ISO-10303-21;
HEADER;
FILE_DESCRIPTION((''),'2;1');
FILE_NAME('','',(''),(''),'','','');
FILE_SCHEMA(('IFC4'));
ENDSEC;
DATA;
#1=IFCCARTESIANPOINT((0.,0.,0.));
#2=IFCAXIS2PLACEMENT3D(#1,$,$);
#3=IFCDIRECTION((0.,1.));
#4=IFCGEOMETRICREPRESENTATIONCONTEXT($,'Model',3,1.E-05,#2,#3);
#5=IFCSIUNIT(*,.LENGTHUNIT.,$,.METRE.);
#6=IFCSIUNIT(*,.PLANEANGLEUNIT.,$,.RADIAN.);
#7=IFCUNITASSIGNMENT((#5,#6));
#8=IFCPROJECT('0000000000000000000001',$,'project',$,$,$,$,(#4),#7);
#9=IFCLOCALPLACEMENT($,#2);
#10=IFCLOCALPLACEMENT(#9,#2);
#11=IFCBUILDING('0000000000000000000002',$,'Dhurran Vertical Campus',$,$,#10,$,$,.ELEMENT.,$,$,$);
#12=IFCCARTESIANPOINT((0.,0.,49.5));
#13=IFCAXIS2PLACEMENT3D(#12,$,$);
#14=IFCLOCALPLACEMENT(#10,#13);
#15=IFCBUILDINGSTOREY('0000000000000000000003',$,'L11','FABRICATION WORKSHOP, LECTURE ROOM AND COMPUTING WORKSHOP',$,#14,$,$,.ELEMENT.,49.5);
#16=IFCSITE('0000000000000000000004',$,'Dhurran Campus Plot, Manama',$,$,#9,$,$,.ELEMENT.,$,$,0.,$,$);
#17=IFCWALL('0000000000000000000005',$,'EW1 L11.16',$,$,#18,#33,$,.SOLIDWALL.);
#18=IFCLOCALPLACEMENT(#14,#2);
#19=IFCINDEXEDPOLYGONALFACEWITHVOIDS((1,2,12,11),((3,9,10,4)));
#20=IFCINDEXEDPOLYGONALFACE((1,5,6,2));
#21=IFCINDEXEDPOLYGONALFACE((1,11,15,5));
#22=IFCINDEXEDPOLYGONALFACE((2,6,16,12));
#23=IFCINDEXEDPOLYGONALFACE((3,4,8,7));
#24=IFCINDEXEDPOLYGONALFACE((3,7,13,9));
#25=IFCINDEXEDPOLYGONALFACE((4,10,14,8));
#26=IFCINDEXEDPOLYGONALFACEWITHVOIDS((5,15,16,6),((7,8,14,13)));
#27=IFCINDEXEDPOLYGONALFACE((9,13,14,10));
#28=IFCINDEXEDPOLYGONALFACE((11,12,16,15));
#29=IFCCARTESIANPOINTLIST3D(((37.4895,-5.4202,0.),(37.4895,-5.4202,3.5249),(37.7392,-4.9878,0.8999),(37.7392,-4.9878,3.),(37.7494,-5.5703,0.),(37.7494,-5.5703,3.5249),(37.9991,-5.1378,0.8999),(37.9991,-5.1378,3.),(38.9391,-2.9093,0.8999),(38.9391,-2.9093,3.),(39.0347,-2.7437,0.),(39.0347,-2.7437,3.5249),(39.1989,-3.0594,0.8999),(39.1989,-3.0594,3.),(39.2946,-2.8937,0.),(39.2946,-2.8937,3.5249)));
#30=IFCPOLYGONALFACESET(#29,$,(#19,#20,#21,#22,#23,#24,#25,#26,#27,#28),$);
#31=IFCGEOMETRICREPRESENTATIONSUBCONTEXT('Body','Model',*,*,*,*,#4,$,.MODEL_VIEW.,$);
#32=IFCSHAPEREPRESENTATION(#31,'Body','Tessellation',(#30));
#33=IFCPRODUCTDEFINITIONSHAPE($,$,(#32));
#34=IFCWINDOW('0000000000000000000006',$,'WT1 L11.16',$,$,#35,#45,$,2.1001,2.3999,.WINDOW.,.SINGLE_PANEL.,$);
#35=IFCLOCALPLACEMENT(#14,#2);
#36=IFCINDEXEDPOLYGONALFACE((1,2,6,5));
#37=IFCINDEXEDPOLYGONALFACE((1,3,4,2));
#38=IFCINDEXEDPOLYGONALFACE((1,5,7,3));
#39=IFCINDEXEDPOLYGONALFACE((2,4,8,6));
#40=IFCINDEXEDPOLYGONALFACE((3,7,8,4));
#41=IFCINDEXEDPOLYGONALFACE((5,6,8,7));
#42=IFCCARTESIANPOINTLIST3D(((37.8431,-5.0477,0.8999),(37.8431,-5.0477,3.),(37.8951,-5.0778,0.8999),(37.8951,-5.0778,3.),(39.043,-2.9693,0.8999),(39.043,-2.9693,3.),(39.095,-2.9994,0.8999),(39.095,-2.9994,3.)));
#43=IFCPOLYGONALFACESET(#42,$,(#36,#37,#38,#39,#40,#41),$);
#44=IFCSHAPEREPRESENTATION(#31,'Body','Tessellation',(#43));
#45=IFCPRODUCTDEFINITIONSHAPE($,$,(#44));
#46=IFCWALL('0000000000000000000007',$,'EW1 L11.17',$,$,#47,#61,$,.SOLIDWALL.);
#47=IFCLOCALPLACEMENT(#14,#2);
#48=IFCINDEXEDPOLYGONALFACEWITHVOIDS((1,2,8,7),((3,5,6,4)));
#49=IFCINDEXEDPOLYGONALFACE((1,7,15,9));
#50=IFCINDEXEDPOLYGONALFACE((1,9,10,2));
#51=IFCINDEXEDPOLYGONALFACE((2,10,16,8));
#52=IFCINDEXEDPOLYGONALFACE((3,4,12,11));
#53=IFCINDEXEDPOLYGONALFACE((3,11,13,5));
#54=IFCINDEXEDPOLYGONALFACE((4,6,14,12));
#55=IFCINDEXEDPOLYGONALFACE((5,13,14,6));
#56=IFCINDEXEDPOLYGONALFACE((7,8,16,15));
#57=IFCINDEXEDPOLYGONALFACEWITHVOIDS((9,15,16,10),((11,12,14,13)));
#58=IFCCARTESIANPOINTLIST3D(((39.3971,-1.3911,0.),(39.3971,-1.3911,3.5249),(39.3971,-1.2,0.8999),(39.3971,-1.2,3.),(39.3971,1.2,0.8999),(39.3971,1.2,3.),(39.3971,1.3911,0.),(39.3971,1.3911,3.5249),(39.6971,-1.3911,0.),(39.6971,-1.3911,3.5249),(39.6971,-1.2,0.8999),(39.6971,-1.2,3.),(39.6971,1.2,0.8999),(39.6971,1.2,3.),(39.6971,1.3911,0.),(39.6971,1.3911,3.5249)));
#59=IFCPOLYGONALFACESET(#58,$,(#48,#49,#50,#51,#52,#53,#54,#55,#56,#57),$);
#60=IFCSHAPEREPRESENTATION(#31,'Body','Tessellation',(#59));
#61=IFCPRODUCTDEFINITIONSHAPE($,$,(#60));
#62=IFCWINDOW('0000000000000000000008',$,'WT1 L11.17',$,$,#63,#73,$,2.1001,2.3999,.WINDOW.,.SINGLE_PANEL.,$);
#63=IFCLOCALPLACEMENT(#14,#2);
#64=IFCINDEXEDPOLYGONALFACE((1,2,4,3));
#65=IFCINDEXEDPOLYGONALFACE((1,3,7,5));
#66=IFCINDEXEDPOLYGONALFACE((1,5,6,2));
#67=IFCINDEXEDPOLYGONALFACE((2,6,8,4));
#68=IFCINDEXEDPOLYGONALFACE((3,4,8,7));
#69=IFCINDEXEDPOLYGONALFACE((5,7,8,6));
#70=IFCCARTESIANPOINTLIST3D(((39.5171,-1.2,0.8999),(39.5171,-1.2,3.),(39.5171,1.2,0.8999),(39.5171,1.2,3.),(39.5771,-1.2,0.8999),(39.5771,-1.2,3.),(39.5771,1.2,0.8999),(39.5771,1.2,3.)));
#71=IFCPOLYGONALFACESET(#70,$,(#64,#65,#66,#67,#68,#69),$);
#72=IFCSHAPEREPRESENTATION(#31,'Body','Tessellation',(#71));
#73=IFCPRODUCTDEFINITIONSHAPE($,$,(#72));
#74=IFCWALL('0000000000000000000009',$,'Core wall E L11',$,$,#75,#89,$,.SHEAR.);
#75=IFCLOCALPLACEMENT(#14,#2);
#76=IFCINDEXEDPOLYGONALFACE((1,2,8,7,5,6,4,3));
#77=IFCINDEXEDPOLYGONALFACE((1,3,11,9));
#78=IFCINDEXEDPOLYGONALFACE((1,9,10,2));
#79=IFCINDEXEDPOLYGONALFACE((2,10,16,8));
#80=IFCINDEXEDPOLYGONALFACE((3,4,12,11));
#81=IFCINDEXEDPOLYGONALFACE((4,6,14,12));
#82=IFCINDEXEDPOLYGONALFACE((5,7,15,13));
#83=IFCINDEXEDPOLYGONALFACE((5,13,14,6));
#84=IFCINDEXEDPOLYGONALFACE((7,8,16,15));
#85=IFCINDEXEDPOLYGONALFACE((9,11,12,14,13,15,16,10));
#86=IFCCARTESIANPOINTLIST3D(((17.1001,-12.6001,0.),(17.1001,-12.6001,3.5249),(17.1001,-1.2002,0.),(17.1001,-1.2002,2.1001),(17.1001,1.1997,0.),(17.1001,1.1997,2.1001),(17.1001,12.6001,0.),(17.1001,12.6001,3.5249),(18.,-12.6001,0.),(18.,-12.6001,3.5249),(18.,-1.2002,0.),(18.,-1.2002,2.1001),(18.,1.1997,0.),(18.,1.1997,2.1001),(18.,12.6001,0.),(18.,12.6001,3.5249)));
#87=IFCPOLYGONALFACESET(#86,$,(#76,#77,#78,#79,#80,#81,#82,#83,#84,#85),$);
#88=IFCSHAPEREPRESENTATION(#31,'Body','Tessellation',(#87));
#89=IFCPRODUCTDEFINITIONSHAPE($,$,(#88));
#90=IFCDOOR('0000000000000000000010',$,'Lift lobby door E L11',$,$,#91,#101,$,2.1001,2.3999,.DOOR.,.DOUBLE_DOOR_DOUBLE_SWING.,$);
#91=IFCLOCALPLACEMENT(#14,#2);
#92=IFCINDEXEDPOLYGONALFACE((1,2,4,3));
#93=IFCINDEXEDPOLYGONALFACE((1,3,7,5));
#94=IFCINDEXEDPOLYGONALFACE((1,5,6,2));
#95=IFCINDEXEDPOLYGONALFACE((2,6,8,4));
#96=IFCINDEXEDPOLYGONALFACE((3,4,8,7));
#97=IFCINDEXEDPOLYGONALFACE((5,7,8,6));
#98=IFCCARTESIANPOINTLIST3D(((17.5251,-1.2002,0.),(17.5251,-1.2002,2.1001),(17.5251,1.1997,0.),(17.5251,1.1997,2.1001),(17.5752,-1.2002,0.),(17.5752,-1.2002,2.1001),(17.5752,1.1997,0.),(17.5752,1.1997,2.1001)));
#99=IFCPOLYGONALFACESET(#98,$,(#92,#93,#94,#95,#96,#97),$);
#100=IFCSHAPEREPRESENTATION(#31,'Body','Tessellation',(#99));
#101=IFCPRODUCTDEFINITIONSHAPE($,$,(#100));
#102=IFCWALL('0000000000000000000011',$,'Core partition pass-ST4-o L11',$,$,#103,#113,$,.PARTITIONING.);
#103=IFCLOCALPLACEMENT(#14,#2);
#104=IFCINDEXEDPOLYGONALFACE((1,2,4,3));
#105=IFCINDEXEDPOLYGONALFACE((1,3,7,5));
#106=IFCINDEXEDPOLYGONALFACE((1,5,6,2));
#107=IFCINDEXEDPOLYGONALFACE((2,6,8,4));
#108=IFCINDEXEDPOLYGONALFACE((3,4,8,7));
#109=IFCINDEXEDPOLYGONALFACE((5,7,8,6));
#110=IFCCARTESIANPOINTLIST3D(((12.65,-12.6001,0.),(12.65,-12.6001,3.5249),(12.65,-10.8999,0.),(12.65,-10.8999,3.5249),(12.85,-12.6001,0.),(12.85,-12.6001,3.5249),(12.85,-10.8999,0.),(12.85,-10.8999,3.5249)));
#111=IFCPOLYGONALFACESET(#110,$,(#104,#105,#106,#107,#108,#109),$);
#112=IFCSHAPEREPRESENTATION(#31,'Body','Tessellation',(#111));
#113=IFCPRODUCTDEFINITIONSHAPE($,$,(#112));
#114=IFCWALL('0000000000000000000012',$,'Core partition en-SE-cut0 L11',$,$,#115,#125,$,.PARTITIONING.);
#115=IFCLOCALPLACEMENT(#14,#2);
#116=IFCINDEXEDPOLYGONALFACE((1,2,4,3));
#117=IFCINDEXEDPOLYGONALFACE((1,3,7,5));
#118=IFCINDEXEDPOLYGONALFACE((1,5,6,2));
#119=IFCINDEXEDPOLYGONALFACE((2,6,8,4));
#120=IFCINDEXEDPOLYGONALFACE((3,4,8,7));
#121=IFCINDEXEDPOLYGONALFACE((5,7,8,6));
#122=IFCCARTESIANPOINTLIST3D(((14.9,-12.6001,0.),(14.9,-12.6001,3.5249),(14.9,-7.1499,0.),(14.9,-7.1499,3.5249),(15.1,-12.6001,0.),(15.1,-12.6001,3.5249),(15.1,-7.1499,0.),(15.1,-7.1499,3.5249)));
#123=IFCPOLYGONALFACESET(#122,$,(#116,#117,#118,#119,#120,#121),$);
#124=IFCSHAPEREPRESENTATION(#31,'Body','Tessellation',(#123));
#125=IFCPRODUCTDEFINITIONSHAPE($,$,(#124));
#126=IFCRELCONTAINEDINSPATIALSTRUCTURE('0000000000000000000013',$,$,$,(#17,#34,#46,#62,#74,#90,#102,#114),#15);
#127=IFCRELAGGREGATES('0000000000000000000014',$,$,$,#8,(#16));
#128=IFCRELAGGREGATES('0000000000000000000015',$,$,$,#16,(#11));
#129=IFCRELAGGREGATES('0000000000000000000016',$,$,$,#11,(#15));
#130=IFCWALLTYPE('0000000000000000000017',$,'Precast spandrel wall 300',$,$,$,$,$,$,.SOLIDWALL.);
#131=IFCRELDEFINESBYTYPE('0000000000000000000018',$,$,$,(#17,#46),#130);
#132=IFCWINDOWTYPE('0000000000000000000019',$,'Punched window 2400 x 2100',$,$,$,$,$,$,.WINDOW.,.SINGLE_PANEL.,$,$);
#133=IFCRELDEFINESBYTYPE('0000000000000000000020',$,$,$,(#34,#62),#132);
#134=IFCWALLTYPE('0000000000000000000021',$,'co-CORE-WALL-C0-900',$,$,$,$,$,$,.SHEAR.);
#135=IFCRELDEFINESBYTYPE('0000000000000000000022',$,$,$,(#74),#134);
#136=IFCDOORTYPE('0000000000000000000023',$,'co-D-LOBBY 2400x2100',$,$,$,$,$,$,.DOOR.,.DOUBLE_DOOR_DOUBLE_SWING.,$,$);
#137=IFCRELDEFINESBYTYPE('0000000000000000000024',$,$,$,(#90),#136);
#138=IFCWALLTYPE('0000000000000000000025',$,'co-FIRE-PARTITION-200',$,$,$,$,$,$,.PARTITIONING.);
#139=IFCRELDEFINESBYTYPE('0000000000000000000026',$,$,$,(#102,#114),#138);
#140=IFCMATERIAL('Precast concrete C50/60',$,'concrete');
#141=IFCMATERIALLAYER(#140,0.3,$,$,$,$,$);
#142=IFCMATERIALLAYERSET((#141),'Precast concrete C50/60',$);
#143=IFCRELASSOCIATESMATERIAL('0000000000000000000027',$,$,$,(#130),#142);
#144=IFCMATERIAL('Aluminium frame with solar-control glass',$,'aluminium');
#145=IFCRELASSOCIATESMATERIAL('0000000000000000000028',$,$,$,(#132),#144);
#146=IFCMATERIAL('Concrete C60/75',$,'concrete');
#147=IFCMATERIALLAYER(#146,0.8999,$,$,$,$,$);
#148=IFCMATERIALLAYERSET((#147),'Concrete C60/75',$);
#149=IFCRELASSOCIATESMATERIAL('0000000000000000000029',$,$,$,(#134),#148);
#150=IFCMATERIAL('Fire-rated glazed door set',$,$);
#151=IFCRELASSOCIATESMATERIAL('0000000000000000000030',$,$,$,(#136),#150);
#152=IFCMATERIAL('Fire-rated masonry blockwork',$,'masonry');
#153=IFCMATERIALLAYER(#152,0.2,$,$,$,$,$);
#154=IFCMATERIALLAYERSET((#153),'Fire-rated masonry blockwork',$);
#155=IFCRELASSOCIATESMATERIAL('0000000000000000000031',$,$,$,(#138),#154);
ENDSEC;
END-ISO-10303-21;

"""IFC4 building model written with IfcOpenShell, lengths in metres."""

from ifc_helpers import new_model, si_unit, direction, frame, frame_2d, origin, place, context, subcontext, project, spatial, rectangle, extrude, material, layer, layer_set, type_object, element, fill, save


model = new_model("IFC4")

# Units and contexts
model_context = context("Model", 3, precision=1e-05, world=origin(), true_north=direction((0.0, 1.0)))
body_context = subcontext(model_context, "Body", "Model", "MODEL_VIEW")
ifc_project = project(units=[si_unit("LENGTHUNIT", "METRE"), si_unit("PLANEANGLEUNIT", "RADIAN")], contexts=[model_context])

# Site, building, storey
site_placement = place(None, origin())
site = spatial("IfcSite", under=ifc_project, at=site_placement, Name="Dhurran Campus Plot, Manama", CompositionType="ELEMENT", RefElevation=0.0)
building_placement = place(site_placement, origin())
building = spatial("IfcBuilding", under=site, at=building_placement, Name="Dhurran Vertical Campus", CompositionType="ELEMENT")
storey_placement = place(building_placement, frame((0.0, 0.0, 49.5)))
storey = spatial("IfcBuildingStorey", under=building, at=storey_placement, Name="L11", Description="FABRICATION WORKSHOP, LECTURE ROOM AND COMPUTING WORKSHOP", CompositionType="ELEMENT", Elevation=49.5)

# Walls, openings, windows
ifc_material_1 = material(Name="Precast concrete C50/60", Category="concrete")
ifc_layer_1 = layer(ifc_material_1, 0.3)
ifc_layer_set_1 = layer_set([ifc_layer_1], Name="Precast concrete C50/60")
wall_type_1 = type_object("IfcWallType", Name="Precast spandrel wall 300", PredefinedType="SOLIDWALL", material=ifc_layer_set_1)
ifc_material_2 = material(Name="Aluminium frame with solar-control glass", Category="aluminium")
window_type = type_object("IfcWindowType", Name="Punched window 2400 x 2100", PartitioningType="SINGLE_PANEL", PredefinedType="WINDOW", material=ifc_material_2)
wall_1_placement = place(storey_placement, frame((37.6194, -5.4954, 0.0), z_axis=(0.0, 0.0, 1.0), x_axis=(0.499971, 0.866042, 0.0)))
wall_1 = element("IfcWall", 1, at=wall_1_placement, inside=storey, type_object=wall_type_1, Name="EW1 L11.16", PredefinedType="SOLIDWALL", context=body_context, shape_type="SweptSolid", body=[
    extrude(rectangle(XDim=3.0906, YDim=0.3, at=frame_2d((1.5454, 0.0))), origin(), (0.0, 0.0, 1.0), 3.5249),
])
opening_1_placement = place(wall_1_placement, frame((0.4995, 0.0, 0.8999)))
opening_1 = element("IfcOpeningElement", 2, at=opening_1_placement, cuts=wall_1, PredefinedType="OPENING", context=body_context, shape_type="SweptSolid", body=[
    extrude(rectangle(XDim=2.3999, YDim=2.1001, at=frame_2d((1.2, 1.05))), frame((0.0, 0.1599, 0.0), z_axis=(0.0, -1.0, 0.0), x_axis=(1.0, 0.0, 0.0)), (0.0, 0.0, 1.0), 0.3201),
])
window_1_placement = place(opening_1_placement, origin())
window_1 = element("IfcWindow", 3, at=window_1_placement, inside=storey, type_object=window_type, Name="WT1 L11.16", OverallHeight=2.1001, OverallWidth=2.3999, PartitioningType="SINGLE_PANEL", PredefinedType="WINDOW", context=body_context, shape_type="SweptSolid", body=[
    extrude(rectangle(XDim=2.3999, YDim=2.1001, at=frame_2d((1.2, 1.05))), frame((0.0, 0.03, 0.0), z_axis=(0.0, -1.0, 0.0), x_axis=(1.0, 0.0, 0.0)), (0.0, 0.0, 1.0), 0.0601),
])
fill(opening_1, window_1)
wall_2_placement = place(storey_placement, frame((39.5471, -1.3911, 0.0), z_axis=(0.0, 0.0, 1.0), x_axis=(0.0, 1.0, 0.0)))
wall_2 = element("IfcWall", 4, at=wall_2_placement, inside=storey, type_object=wall_type_1, Name="EW1 L11.17", PredefinedType="SOLIDWALL", context=body_context, shape_type="SweptSolid", body=[
    extrude(rectangle(XDim=2.7822, YDim=0.3, at=frame_2d((1.3911, 0.0))), origin(), (0.0, 0.0, 1.0), 3.5249),
])
opening_2_placement = place(wall_2_placement, frame((0.1912, 0.0, 0.8999)))
opening_2 = element("IfcOpeningElement", 5, at=opening_2_placement, cuts=wall_2, PredefinedType="OPENING", context=body_context, shape_type="SweptSolid", body=[
    extrude(rectangle(XDim=2.3999, YDim=2.1001, at=frame_2d((1.2, 1.05))), frame((0.0, 0.1599, 0.0), z_axis=(0.0, -1.0, 0.0), x_axis=(1.0, 0.0, 0.0)), (0.0, 0.0, 1.0), 0.3201),
])
window_2_placement = place(opening_2_placement, origin())
window_2 = element("IfcWindow", 6, at=window_2_placement, inside=storey, type_object=window_type, Name="WT1 L11.17", OverallHeight=2.1001, OverallWidth=2.3999, PartitioningType="SINGLE_PANEL", PredefinedType="WINDOW", context=body_context, shape_type="SweptSolid", body=[
    extrude(rectangle(XDim=2.3999, YDim=2.1001, at=frame_2d((1.2, 1.05))), frame((0.0, 0.03, 0.0), z_axis=(0.0, -1.0, 0.0), x_axis=(1.0, 0.0, 0.0)), (0.0, 0.0, 1.0), 0.0601),
])
fill(opening_2, window_2)

# Wall, opening, door
ifc_material_3 = material(Name="Concrete C60/75", Category="concrete")
ifc_layer_2 = layer(ifc_material_3, 0.8999)
ifc_layer_set_2 = layer_set([ifc_layer_2], Name="Concrete C60/75")
wall_type_2 = type_object("IfcWallType", Name="co-CORE-WALL-C0-900", PredefinedType="SHEAR", material=ifc_layer_set_2)
wall_3_placement = place(storey_placement, frame((17.55, -12.6001, 0.0), z_axis=(0.0, 0.0, 1.0), x_axis=(0.0, 1.0, 0.0)))
wall_3 = element("IfcWall", 7, at=wall_3_placement, inside=storey, type_object=wall_type_2, Name="Core wall E L11", PredefinedType="SHEAR", context=body_context, shape_type="SweptSolid", body=[
    extrude(rectangle(XDim=25.2002, YDim=0.8999, at=frame_2d((12.6001, 0.0))), origin(), (0.0, 0.0, 1.0), 3.5249),
])
opening_3_placement = place(wall_3_placement, frame((11.3999, 0.0, 0.0)))
opening_3 = element("IfcOpeningElement", 8, at=opening_3_placement, cuts=wall_3, PredefinedType="OPENING", context=body_context, shape_type="SweptSolid", body=[
    extrude(rectangle(XDim=2.3999, YDim=2.1001, at=frame_2d((1.2, 1.05))), frame((0.0, 0.46, 0.0), z_axis=(0.0, -1.0, 0.0), x_axis=(1.0, 0.0, 0.0)), (0.0, 0.0, 1.0), 0.9199),
])
ifc_material_4 = material(Name="Fire-rated glazed door set")
door_type_1 = type_object("IfcDoorType", Name="co-D-LOBBY 2400x2100", OperationType="DOUBLE_DOOR_DOUBLE_SWING", PredefinedType="DOOR", material=ifc_material_4)
door_1_placement = place(opening_3_placement, origin())
door_1 = element("IfcDoor", 9, at=door_1_placement, inside=storey, type_object=door_type_1, Name="Lift lobby door E L11", OperationType="DOUBLE_DOOR_DOUBLE_SWING", OverallHeight=2.1001, OverallWidth=2.3999, PredefinedType="DOOR", context=body_context, shape_type="SweptSolid", body=[
    extrude(rectangle(XDim=2.3999, YDim=2.1001, at=frame_2d((1.2, 1.05))), frame((0.0, 0.0249, 0.0), z_axis=(0.0, -1.0, 0.0), x_axis=(1.0, 0.0, 0.0)), (0.0, 0.0, 1.0), 0.05),
])
fill(opening_3, door_1)

# Walls
ifc_material_5 = material(Name="Fire-rated masonry blockwork", Category="masonry")
ifc_layer_3 = layer(ifc_material_5, 0.2)
ifc_layer_set_3 = layer_set([ifc_layer_3], Name="Fire-rated masonry blockwork")
wall_type_3 = type_object("IfcWallType", Name="co-FIRE-PARTITION-200", PredefinedType="PARTITIONING", material=ifc_layer_set_3)
wall_4_placement = place(storey_placement, frame((12.75, -12.6001, 0.0), z_axis=(0.0, 0.0, 1.0), x_axis=(0.0, 1.0, 0.0)))
element("IfcWall", 10, at=wall_4_placement, inside=storey, type_object=wall_type_3, Name="Core partition pass-ST4-o L11", PredefinedType="PARTITIONING", context=body_context, shape_type="SweptSolid", body=[
    extrude(rectangle(XDim=1.7002, YDim=0.2, at=frame_2d((0.8501, 0.0))), origin(), (0.0, 0.0, 1.0), 3.5249),
])
wall_5_placement = place(storey_placement, frame((15.0, -12.6001, 0.0), z_axis=(0.0, 0.0, 1.0), x_axis=(0.0, 1.0, 0.0)))
element("IfcWall", 11, at=wall_5_placement, inside=storey, type_object=wall_type_3, Name="Core partition en-SE-cut0 L11", PredefinedType="PARTITIONING", context=body_context, shape_type="SweptSolid", body=[
    extrude(rectangle(XDim=5.4502, YDim=0.2, at=frame_2d((2.7251, 0.0))), origin(), (0.0, 0.0, 1.0), 3.5249),
])

save(model, "model.ifc")
